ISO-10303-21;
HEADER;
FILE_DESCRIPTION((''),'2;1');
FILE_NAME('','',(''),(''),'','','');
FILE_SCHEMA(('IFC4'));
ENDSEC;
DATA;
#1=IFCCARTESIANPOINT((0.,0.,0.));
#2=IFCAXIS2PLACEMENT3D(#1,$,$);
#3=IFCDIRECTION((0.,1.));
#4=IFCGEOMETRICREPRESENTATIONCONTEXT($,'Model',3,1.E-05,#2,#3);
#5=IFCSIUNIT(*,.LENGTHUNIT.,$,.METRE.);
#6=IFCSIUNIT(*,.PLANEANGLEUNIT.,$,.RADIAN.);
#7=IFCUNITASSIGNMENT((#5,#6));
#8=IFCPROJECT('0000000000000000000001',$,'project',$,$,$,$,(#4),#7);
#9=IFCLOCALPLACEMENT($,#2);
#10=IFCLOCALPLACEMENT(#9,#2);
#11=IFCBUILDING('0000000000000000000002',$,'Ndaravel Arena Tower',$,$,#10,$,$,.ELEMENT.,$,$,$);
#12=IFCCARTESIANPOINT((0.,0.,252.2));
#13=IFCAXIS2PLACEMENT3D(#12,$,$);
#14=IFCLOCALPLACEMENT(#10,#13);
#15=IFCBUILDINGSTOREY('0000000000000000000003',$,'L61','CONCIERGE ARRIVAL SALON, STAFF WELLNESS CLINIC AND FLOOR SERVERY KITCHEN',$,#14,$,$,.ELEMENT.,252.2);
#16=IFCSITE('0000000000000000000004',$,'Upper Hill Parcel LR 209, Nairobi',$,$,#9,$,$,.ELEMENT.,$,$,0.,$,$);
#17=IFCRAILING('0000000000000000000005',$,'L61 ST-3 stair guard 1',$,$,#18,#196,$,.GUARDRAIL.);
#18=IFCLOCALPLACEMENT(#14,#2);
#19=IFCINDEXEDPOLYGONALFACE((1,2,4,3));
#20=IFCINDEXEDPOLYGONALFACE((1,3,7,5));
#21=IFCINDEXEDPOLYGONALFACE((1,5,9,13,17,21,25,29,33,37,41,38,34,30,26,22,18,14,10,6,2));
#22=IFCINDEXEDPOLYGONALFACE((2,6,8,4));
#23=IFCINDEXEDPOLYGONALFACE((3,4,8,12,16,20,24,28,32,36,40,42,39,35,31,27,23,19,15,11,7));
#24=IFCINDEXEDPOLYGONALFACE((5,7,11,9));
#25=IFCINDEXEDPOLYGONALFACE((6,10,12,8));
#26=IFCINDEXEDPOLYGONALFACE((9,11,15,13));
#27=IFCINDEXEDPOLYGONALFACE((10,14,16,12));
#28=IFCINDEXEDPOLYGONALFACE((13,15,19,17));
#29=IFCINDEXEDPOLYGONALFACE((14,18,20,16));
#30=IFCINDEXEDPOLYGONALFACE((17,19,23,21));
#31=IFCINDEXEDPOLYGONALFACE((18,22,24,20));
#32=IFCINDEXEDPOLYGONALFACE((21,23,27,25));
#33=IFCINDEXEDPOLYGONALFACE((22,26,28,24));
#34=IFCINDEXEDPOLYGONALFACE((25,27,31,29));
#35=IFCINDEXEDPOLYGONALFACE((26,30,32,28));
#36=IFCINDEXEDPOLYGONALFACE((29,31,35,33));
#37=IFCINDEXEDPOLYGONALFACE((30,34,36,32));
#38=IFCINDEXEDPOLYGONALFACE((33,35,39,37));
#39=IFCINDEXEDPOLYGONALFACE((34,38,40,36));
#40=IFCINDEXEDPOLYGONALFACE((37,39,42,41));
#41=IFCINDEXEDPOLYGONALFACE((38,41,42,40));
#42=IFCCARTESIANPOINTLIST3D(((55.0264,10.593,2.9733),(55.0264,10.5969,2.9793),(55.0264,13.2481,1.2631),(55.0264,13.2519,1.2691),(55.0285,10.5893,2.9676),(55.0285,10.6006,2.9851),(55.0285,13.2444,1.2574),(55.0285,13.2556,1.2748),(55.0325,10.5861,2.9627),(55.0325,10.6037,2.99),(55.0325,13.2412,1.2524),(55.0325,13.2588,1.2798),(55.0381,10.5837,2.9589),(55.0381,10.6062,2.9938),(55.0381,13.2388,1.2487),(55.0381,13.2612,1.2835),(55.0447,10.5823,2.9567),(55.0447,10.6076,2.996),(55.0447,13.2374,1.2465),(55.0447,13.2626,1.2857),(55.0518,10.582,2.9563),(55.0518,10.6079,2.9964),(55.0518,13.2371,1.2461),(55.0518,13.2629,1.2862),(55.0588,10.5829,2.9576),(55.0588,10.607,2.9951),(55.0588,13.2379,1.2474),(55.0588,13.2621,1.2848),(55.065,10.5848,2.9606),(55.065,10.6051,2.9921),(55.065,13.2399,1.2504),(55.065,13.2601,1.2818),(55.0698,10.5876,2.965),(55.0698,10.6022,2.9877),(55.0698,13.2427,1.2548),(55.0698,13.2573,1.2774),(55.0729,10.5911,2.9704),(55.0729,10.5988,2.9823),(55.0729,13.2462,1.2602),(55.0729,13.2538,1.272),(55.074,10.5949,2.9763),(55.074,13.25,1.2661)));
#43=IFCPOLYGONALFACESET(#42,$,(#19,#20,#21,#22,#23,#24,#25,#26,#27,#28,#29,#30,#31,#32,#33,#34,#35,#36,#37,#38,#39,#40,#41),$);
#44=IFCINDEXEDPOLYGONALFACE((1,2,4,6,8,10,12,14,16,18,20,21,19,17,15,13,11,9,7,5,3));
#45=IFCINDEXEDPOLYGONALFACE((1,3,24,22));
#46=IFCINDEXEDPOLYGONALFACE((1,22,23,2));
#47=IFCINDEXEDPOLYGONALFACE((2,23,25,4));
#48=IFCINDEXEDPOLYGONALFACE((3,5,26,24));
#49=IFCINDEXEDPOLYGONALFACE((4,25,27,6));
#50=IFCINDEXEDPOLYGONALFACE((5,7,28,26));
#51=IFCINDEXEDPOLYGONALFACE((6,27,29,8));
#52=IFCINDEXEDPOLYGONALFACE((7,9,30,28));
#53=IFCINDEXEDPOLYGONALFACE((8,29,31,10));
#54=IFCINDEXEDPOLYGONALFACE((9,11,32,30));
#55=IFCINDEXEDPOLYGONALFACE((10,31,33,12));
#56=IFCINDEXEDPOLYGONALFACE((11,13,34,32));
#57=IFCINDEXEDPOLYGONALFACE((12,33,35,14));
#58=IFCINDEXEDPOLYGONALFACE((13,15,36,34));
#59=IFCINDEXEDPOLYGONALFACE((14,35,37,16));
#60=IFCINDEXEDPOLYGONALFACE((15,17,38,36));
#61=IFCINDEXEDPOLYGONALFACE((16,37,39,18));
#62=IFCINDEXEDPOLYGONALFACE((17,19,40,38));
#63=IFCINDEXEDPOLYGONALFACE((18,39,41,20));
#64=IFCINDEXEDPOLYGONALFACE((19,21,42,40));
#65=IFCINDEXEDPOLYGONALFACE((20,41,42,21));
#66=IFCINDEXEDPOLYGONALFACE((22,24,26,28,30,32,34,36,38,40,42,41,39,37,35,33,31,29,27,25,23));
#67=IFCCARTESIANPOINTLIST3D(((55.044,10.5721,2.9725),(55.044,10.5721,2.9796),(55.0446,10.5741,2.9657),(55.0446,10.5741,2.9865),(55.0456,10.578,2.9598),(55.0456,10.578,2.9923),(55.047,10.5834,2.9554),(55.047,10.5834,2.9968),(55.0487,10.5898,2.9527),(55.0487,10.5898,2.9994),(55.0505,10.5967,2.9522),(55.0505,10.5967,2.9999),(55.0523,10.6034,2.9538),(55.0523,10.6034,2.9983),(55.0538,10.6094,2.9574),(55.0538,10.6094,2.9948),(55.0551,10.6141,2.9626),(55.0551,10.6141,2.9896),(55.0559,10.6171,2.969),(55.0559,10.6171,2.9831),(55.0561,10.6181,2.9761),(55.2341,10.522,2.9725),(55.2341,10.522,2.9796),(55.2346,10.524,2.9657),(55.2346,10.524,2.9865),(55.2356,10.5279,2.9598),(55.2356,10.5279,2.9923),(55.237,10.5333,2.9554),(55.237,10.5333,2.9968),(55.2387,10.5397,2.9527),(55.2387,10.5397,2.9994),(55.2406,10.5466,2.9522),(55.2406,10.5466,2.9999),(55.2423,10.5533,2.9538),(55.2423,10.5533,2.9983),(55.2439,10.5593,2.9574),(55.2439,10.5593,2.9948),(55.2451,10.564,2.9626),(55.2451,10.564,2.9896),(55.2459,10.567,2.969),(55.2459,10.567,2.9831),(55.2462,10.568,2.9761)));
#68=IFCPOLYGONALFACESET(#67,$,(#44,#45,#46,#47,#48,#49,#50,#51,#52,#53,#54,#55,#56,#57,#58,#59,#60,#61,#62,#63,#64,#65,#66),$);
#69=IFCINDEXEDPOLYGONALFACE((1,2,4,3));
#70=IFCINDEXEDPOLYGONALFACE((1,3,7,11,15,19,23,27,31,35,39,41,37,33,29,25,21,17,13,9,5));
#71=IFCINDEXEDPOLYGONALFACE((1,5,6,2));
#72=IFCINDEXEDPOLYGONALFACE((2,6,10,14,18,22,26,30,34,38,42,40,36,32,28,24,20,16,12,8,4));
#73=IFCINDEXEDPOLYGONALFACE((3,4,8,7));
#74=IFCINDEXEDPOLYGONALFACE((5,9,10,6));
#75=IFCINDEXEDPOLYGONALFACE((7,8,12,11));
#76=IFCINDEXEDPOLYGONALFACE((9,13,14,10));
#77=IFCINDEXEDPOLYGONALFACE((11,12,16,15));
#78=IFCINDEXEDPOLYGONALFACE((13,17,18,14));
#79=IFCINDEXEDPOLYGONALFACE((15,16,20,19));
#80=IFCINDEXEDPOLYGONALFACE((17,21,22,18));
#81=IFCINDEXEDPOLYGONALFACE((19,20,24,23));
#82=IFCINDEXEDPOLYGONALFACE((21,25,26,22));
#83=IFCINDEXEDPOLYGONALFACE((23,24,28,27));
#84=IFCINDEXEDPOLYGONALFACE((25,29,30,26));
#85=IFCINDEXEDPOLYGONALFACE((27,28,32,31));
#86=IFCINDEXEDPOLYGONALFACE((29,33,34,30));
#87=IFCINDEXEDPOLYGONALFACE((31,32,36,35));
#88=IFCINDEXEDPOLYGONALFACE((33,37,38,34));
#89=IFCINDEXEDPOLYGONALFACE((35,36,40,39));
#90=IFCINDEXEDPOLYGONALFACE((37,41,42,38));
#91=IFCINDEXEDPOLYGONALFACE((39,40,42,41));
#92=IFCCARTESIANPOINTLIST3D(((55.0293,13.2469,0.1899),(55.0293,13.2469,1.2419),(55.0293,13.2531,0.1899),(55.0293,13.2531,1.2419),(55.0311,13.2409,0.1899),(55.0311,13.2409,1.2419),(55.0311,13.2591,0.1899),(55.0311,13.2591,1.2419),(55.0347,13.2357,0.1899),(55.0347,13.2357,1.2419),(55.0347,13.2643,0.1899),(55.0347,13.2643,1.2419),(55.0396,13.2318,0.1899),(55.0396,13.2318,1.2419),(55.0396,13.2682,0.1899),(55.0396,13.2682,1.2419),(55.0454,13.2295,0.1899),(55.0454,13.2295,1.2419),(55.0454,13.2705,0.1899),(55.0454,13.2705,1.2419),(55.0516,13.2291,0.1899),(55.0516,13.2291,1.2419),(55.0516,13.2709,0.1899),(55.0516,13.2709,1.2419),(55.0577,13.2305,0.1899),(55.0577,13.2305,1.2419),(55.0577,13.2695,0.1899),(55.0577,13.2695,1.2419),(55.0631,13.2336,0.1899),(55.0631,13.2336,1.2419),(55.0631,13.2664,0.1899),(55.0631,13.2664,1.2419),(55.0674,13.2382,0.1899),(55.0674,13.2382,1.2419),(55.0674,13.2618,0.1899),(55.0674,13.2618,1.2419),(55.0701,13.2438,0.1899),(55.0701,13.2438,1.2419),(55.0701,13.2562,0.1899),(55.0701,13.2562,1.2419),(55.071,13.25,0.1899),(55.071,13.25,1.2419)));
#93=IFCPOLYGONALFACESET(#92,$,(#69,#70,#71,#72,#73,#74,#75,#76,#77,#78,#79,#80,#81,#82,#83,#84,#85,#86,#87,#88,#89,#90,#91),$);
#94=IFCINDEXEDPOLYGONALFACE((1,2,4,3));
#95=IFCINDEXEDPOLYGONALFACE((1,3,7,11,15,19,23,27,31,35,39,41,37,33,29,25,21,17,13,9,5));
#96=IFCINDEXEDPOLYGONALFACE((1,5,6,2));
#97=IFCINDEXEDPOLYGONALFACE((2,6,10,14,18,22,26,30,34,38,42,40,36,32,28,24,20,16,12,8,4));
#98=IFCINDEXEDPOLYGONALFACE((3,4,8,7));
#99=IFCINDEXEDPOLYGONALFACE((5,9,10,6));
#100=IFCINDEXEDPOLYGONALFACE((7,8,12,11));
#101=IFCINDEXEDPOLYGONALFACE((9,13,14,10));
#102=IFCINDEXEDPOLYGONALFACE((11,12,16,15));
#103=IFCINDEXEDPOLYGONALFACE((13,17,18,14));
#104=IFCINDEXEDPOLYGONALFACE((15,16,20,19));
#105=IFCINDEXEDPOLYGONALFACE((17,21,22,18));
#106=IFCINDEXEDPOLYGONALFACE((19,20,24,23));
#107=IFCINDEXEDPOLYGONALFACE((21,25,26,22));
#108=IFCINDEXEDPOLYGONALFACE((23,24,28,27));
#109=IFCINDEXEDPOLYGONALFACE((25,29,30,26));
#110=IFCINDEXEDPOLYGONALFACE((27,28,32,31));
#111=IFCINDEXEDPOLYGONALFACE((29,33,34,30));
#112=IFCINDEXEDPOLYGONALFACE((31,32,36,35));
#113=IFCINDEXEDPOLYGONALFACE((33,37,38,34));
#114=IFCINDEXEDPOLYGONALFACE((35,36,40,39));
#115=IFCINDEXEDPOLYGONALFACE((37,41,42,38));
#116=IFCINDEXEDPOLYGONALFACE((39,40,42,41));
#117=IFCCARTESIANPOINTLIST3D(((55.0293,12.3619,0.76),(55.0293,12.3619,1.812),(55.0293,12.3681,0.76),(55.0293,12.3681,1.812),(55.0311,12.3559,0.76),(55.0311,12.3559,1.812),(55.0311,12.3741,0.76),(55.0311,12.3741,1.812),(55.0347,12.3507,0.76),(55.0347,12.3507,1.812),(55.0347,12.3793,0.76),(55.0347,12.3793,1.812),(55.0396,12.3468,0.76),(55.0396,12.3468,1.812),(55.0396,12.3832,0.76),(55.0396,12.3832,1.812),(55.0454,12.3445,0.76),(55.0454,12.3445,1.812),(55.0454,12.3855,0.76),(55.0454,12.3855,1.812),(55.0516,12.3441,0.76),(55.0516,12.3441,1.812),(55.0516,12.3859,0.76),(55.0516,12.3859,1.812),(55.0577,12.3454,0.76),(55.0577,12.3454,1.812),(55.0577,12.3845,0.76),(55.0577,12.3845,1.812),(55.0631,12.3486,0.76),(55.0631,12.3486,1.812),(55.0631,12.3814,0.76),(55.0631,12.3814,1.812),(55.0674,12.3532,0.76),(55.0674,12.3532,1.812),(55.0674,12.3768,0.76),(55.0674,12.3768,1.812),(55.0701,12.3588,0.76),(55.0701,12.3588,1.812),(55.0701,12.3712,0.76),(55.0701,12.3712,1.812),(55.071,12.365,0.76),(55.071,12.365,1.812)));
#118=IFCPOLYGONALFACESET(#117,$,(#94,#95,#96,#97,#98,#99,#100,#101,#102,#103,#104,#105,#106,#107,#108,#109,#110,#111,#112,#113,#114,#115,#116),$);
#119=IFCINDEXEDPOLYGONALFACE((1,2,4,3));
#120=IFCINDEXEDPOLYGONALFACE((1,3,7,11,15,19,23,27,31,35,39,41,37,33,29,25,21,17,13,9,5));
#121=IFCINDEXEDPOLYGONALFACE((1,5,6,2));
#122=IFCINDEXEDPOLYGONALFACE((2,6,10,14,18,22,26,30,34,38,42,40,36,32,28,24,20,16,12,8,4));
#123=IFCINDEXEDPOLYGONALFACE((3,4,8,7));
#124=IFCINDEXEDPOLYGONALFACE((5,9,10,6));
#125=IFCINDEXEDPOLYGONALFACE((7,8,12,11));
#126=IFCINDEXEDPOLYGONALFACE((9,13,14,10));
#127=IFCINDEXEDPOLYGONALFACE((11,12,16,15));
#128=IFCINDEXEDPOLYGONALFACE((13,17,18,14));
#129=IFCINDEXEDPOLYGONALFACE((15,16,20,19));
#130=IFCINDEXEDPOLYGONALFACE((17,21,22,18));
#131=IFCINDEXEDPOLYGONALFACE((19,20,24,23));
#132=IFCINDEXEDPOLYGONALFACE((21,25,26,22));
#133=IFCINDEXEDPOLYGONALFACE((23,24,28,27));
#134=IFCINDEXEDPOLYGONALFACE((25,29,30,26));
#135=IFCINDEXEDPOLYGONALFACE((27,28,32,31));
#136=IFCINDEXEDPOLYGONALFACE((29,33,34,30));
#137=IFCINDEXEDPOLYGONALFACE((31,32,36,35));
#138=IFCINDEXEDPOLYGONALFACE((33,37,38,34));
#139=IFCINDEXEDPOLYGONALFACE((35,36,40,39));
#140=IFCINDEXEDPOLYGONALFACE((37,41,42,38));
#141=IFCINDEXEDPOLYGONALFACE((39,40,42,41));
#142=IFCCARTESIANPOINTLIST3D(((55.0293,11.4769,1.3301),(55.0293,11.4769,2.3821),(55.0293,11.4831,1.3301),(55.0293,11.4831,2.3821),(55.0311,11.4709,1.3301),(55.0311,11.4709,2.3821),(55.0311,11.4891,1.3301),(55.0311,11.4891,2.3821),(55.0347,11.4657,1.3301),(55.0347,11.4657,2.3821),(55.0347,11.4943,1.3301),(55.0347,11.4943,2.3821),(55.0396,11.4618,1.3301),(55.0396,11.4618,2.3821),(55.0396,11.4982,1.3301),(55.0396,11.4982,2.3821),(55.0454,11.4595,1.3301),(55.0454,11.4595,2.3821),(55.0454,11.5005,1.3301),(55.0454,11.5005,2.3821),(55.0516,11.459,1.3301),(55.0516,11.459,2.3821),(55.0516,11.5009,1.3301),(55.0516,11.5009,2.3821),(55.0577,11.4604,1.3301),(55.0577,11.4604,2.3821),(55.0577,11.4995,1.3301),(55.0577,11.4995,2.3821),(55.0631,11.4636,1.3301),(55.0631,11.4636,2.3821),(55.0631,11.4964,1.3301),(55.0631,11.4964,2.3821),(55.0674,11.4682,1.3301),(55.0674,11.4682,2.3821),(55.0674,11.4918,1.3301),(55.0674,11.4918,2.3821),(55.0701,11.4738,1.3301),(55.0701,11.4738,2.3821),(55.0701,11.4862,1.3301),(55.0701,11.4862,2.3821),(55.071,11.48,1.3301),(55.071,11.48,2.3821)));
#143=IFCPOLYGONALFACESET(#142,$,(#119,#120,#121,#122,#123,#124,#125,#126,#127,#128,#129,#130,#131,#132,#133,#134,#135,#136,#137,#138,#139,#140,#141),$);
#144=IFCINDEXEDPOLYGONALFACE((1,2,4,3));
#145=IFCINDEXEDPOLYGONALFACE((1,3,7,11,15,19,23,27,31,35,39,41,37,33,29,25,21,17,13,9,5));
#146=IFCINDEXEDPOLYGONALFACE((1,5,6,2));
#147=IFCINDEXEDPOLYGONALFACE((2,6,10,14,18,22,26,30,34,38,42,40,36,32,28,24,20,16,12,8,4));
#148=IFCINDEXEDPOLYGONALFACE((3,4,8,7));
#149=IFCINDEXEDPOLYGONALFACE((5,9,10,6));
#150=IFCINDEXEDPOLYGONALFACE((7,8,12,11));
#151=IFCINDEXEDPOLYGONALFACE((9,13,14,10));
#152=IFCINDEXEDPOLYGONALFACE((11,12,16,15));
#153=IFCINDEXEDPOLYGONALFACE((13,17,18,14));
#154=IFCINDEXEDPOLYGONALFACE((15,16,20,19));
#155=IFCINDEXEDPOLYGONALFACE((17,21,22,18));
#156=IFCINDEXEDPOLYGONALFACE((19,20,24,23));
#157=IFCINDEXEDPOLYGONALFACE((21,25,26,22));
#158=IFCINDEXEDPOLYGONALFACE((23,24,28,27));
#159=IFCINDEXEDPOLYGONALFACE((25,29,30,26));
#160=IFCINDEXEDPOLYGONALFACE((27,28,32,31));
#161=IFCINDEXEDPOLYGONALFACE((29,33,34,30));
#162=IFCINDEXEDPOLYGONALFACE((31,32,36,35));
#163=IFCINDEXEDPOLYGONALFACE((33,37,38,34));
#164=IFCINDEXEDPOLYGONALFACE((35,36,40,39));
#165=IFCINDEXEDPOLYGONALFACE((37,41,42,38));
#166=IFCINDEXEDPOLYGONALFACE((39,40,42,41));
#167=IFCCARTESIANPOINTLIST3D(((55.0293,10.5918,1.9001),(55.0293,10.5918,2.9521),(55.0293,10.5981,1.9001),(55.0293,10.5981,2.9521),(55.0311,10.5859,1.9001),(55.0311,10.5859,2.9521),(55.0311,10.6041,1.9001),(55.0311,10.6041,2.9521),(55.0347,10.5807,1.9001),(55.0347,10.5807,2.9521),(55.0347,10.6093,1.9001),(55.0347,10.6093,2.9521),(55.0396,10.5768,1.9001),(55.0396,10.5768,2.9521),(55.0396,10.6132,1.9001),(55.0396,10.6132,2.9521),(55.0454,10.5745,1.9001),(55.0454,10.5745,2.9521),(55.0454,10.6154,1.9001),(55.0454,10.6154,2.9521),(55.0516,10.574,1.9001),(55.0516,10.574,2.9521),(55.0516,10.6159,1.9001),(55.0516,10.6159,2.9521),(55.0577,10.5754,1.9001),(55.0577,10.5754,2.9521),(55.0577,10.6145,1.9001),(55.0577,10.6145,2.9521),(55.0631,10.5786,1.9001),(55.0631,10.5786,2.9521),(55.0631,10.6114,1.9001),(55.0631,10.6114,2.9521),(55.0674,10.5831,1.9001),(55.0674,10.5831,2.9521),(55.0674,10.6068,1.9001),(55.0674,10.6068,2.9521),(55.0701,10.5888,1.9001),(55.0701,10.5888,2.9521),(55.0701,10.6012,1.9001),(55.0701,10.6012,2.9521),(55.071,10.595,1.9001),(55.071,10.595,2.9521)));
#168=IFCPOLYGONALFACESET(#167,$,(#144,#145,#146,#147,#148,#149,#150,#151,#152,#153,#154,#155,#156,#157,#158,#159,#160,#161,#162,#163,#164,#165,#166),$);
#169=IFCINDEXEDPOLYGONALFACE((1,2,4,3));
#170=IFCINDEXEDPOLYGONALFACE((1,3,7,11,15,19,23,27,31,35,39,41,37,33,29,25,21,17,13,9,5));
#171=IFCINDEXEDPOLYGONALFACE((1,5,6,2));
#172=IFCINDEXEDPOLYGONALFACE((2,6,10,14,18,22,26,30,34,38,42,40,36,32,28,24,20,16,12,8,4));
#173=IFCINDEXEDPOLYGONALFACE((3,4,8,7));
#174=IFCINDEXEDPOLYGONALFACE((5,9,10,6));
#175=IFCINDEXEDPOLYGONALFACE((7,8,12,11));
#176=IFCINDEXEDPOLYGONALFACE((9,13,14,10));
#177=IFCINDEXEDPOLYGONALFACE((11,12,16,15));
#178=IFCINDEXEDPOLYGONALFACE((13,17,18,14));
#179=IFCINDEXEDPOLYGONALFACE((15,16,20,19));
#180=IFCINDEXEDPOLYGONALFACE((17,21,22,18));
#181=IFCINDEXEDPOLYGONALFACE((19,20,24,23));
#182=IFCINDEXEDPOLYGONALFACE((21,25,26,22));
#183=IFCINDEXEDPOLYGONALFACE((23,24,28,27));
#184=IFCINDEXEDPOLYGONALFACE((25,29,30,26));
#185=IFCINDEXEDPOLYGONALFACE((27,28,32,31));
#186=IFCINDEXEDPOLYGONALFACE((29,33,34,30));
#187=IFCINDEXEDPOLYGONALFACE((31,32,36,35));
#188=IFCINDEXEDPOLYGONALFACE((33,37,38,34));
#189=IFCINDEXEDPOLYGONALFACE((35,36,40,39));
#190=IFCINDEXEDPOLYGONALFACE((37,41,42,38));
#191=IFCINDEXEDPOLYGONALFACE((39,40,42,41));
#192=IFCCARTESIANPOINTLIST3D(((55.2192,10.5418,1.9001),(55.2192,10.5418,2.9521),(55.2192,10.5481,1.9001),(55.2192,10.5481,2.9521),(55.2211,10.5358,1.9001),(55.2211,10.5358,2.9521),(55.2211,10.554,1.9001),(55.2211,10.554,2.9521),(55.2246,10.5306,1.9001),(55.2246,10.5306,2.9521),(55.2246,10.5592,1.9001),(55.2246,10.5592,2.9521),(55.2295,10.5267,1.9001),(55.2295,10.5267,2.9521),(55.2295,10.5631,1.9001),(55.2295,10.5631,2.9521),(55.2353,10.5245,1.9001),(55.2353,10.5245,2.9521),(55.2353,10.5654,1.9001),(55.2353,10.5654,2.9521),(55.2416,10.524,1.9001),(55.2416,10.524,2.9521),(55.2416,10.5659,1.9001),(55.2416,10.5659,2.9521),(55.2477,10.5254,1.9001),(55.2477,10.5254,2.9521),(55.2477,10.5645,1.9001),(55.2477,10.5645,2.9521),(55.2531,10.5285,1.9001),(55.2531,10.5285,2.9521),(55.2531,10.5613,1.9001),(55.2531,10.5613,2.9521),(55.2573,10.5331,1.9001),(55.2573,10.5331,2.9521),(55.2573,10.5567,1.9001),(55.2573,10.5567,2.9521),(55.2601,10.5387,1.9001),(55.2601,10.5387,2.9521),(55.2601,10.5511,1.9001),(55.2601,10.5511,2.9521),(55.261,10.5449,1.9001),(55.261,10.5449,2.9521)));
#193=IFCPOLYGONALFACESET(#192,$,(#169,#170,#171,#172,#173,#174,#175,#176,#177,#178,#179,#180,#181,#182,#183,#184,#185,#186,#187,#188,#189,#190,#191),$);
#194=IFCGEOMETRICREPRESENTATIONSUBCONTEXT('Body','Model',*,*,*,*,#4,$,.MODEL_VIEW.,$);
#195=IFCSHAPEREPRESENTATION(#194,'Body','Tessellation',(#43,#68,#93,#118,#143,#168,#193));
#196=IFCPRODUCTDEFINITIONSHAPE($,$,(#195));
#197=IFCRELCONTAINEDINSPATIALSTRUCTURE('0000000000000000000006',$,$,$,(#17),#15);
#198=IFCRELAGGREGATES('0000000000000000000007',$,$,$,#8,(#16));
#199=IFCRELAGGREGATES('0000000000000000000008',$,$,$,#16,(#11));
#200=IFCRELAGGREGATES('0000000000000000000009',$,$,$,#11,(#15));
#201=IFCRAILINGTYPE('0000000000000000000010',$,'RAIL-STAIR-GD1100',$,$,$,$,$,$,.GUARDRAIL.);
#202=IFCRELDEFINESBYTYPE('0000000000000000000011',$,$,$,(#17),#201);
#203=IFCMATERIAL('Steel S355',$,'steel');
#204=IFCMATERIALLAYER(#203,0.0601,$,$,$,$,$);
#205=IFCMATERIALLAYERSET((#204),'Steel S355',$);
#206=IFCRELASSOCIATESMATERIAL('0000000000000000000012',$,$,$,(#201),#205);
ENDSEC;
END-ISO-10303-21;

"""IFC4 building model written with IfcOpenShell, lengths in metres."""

from ifc_helpers import new_model, si_unit, direction, frame, origin, origin_2d, place, context, subcontext, project, spatial, circle, extrude, material, layer, layer_set, type_object, element, save


model = new_model("IFC4")

# Units and contexts
model_context = context("Model", 3, precision=1e-05, world=origin(), true_north=direction((0.0, 1.0)))
body_context = subcontext(model_context, "Body", "Model", "MODEL_VIEW")
ifc_project = project(units=[si_unit("LENGTHUNIT", "METRE"), si_unit("PLANEANGLEUNIT", "RADIAN")], contexts=[model_context])

# Site, building, storey
site_placement = place(None, origin())
site = spatial("IfcSite", under=ifc_project, at=site_placement, Name="Upper Hill Parcel LR 209, Nairobi", CompositionType="ELEMENT", RefElevation=0.0)
building_placement = place(site_placement, origin())
building = spatial("IfcBuilding", under=site, at=building_placement, Name="Ndaravel Arena Tower", CompositionType="ELEMENT")
storey_placement = place(building_placement, frame((0.0, 0.0, 252.2)))
storey = spatial("IfcBuildingStorey", under=building, at=storey_placement, Name="L61", Description="CONCIERGE ARRIVAL SALON, STAFF WELLNESS CLINIC AND FLOOR SERVERY KITCHEN", CompositionType="ELEMENT", Elevation=252.2)

# Railing
ifc_material_1 = material(Name="Steel S355", Category="steel")
ifc_layer_1 = layer(ifc_material_1, 0.0601)
ifc_layer_set_1 = layer_set([ifc_layer_1], Name="Steel S355")
railing_type_1 = type_object("IfcRailingType", Name="RAIL-STAIR-GD1100", PredefinedType="GUARDRAIL", material=ifc_layer_set_1)
railing_1_placement = place(storey_placement, frame((55.05, 13.25, 0.1899)))
element("IfcRailing", 1, at=railing_1_placement, inside=storey, type_object=railing_type_1, Name="L61 ST-3 stair guard 1", PredefinedType="GUARDRAIL", context=body_context, shape_type="SweptSolid", body=[
    extrude(circle(Radius=0.0239, at=origin_2d()), frame((0.0, 0.0, 1.0762), z_axis=(0.0, -0.840688, 0.541519), x_axis=(1.0, 0.0, 0.0)), (0.0, 0.0, 1.0), 3.1582),
    extrude(circle(Radius=0.0239, at=origin_2d()), frame((0.0, -2.655, 2.7861), z_axis=(0.966994, -0.254799, 0.0), x_axis=(0.254799, 0.966994, 0.0)), (0.0, 0.0, 1.0), 0.1965),
    extrude(circle(Radius=0.021, at=origin_2d()), origin(), (0.0, 0.0, 1.0), 1.052),
    extrude(circle(Radius=0.021, at=origin_2d()), frame((0.0, -0.885, 0.5701)), (0.0, 0.0, 1.0), 1.052),
    extrude(circle(Radius=0.021, at=origin_2d()), frame((0.0, -1.77, 1.1401)), (0.0, 0.0, 1.0), 1.052),
    extrude(circle(Radius=0.021, at=origin_2d()), frame((0.0, -2.655, 1.7102)), (0.0, 0.0, 1.0), 1.052),
    extrude(circle(Radius=0.021, at=origin_2d()), frame((0.1899, -2.7051, 1.7102)), (0.0, 0.0, 1.0), 1.052),
])

save(model, "model.ifc")
